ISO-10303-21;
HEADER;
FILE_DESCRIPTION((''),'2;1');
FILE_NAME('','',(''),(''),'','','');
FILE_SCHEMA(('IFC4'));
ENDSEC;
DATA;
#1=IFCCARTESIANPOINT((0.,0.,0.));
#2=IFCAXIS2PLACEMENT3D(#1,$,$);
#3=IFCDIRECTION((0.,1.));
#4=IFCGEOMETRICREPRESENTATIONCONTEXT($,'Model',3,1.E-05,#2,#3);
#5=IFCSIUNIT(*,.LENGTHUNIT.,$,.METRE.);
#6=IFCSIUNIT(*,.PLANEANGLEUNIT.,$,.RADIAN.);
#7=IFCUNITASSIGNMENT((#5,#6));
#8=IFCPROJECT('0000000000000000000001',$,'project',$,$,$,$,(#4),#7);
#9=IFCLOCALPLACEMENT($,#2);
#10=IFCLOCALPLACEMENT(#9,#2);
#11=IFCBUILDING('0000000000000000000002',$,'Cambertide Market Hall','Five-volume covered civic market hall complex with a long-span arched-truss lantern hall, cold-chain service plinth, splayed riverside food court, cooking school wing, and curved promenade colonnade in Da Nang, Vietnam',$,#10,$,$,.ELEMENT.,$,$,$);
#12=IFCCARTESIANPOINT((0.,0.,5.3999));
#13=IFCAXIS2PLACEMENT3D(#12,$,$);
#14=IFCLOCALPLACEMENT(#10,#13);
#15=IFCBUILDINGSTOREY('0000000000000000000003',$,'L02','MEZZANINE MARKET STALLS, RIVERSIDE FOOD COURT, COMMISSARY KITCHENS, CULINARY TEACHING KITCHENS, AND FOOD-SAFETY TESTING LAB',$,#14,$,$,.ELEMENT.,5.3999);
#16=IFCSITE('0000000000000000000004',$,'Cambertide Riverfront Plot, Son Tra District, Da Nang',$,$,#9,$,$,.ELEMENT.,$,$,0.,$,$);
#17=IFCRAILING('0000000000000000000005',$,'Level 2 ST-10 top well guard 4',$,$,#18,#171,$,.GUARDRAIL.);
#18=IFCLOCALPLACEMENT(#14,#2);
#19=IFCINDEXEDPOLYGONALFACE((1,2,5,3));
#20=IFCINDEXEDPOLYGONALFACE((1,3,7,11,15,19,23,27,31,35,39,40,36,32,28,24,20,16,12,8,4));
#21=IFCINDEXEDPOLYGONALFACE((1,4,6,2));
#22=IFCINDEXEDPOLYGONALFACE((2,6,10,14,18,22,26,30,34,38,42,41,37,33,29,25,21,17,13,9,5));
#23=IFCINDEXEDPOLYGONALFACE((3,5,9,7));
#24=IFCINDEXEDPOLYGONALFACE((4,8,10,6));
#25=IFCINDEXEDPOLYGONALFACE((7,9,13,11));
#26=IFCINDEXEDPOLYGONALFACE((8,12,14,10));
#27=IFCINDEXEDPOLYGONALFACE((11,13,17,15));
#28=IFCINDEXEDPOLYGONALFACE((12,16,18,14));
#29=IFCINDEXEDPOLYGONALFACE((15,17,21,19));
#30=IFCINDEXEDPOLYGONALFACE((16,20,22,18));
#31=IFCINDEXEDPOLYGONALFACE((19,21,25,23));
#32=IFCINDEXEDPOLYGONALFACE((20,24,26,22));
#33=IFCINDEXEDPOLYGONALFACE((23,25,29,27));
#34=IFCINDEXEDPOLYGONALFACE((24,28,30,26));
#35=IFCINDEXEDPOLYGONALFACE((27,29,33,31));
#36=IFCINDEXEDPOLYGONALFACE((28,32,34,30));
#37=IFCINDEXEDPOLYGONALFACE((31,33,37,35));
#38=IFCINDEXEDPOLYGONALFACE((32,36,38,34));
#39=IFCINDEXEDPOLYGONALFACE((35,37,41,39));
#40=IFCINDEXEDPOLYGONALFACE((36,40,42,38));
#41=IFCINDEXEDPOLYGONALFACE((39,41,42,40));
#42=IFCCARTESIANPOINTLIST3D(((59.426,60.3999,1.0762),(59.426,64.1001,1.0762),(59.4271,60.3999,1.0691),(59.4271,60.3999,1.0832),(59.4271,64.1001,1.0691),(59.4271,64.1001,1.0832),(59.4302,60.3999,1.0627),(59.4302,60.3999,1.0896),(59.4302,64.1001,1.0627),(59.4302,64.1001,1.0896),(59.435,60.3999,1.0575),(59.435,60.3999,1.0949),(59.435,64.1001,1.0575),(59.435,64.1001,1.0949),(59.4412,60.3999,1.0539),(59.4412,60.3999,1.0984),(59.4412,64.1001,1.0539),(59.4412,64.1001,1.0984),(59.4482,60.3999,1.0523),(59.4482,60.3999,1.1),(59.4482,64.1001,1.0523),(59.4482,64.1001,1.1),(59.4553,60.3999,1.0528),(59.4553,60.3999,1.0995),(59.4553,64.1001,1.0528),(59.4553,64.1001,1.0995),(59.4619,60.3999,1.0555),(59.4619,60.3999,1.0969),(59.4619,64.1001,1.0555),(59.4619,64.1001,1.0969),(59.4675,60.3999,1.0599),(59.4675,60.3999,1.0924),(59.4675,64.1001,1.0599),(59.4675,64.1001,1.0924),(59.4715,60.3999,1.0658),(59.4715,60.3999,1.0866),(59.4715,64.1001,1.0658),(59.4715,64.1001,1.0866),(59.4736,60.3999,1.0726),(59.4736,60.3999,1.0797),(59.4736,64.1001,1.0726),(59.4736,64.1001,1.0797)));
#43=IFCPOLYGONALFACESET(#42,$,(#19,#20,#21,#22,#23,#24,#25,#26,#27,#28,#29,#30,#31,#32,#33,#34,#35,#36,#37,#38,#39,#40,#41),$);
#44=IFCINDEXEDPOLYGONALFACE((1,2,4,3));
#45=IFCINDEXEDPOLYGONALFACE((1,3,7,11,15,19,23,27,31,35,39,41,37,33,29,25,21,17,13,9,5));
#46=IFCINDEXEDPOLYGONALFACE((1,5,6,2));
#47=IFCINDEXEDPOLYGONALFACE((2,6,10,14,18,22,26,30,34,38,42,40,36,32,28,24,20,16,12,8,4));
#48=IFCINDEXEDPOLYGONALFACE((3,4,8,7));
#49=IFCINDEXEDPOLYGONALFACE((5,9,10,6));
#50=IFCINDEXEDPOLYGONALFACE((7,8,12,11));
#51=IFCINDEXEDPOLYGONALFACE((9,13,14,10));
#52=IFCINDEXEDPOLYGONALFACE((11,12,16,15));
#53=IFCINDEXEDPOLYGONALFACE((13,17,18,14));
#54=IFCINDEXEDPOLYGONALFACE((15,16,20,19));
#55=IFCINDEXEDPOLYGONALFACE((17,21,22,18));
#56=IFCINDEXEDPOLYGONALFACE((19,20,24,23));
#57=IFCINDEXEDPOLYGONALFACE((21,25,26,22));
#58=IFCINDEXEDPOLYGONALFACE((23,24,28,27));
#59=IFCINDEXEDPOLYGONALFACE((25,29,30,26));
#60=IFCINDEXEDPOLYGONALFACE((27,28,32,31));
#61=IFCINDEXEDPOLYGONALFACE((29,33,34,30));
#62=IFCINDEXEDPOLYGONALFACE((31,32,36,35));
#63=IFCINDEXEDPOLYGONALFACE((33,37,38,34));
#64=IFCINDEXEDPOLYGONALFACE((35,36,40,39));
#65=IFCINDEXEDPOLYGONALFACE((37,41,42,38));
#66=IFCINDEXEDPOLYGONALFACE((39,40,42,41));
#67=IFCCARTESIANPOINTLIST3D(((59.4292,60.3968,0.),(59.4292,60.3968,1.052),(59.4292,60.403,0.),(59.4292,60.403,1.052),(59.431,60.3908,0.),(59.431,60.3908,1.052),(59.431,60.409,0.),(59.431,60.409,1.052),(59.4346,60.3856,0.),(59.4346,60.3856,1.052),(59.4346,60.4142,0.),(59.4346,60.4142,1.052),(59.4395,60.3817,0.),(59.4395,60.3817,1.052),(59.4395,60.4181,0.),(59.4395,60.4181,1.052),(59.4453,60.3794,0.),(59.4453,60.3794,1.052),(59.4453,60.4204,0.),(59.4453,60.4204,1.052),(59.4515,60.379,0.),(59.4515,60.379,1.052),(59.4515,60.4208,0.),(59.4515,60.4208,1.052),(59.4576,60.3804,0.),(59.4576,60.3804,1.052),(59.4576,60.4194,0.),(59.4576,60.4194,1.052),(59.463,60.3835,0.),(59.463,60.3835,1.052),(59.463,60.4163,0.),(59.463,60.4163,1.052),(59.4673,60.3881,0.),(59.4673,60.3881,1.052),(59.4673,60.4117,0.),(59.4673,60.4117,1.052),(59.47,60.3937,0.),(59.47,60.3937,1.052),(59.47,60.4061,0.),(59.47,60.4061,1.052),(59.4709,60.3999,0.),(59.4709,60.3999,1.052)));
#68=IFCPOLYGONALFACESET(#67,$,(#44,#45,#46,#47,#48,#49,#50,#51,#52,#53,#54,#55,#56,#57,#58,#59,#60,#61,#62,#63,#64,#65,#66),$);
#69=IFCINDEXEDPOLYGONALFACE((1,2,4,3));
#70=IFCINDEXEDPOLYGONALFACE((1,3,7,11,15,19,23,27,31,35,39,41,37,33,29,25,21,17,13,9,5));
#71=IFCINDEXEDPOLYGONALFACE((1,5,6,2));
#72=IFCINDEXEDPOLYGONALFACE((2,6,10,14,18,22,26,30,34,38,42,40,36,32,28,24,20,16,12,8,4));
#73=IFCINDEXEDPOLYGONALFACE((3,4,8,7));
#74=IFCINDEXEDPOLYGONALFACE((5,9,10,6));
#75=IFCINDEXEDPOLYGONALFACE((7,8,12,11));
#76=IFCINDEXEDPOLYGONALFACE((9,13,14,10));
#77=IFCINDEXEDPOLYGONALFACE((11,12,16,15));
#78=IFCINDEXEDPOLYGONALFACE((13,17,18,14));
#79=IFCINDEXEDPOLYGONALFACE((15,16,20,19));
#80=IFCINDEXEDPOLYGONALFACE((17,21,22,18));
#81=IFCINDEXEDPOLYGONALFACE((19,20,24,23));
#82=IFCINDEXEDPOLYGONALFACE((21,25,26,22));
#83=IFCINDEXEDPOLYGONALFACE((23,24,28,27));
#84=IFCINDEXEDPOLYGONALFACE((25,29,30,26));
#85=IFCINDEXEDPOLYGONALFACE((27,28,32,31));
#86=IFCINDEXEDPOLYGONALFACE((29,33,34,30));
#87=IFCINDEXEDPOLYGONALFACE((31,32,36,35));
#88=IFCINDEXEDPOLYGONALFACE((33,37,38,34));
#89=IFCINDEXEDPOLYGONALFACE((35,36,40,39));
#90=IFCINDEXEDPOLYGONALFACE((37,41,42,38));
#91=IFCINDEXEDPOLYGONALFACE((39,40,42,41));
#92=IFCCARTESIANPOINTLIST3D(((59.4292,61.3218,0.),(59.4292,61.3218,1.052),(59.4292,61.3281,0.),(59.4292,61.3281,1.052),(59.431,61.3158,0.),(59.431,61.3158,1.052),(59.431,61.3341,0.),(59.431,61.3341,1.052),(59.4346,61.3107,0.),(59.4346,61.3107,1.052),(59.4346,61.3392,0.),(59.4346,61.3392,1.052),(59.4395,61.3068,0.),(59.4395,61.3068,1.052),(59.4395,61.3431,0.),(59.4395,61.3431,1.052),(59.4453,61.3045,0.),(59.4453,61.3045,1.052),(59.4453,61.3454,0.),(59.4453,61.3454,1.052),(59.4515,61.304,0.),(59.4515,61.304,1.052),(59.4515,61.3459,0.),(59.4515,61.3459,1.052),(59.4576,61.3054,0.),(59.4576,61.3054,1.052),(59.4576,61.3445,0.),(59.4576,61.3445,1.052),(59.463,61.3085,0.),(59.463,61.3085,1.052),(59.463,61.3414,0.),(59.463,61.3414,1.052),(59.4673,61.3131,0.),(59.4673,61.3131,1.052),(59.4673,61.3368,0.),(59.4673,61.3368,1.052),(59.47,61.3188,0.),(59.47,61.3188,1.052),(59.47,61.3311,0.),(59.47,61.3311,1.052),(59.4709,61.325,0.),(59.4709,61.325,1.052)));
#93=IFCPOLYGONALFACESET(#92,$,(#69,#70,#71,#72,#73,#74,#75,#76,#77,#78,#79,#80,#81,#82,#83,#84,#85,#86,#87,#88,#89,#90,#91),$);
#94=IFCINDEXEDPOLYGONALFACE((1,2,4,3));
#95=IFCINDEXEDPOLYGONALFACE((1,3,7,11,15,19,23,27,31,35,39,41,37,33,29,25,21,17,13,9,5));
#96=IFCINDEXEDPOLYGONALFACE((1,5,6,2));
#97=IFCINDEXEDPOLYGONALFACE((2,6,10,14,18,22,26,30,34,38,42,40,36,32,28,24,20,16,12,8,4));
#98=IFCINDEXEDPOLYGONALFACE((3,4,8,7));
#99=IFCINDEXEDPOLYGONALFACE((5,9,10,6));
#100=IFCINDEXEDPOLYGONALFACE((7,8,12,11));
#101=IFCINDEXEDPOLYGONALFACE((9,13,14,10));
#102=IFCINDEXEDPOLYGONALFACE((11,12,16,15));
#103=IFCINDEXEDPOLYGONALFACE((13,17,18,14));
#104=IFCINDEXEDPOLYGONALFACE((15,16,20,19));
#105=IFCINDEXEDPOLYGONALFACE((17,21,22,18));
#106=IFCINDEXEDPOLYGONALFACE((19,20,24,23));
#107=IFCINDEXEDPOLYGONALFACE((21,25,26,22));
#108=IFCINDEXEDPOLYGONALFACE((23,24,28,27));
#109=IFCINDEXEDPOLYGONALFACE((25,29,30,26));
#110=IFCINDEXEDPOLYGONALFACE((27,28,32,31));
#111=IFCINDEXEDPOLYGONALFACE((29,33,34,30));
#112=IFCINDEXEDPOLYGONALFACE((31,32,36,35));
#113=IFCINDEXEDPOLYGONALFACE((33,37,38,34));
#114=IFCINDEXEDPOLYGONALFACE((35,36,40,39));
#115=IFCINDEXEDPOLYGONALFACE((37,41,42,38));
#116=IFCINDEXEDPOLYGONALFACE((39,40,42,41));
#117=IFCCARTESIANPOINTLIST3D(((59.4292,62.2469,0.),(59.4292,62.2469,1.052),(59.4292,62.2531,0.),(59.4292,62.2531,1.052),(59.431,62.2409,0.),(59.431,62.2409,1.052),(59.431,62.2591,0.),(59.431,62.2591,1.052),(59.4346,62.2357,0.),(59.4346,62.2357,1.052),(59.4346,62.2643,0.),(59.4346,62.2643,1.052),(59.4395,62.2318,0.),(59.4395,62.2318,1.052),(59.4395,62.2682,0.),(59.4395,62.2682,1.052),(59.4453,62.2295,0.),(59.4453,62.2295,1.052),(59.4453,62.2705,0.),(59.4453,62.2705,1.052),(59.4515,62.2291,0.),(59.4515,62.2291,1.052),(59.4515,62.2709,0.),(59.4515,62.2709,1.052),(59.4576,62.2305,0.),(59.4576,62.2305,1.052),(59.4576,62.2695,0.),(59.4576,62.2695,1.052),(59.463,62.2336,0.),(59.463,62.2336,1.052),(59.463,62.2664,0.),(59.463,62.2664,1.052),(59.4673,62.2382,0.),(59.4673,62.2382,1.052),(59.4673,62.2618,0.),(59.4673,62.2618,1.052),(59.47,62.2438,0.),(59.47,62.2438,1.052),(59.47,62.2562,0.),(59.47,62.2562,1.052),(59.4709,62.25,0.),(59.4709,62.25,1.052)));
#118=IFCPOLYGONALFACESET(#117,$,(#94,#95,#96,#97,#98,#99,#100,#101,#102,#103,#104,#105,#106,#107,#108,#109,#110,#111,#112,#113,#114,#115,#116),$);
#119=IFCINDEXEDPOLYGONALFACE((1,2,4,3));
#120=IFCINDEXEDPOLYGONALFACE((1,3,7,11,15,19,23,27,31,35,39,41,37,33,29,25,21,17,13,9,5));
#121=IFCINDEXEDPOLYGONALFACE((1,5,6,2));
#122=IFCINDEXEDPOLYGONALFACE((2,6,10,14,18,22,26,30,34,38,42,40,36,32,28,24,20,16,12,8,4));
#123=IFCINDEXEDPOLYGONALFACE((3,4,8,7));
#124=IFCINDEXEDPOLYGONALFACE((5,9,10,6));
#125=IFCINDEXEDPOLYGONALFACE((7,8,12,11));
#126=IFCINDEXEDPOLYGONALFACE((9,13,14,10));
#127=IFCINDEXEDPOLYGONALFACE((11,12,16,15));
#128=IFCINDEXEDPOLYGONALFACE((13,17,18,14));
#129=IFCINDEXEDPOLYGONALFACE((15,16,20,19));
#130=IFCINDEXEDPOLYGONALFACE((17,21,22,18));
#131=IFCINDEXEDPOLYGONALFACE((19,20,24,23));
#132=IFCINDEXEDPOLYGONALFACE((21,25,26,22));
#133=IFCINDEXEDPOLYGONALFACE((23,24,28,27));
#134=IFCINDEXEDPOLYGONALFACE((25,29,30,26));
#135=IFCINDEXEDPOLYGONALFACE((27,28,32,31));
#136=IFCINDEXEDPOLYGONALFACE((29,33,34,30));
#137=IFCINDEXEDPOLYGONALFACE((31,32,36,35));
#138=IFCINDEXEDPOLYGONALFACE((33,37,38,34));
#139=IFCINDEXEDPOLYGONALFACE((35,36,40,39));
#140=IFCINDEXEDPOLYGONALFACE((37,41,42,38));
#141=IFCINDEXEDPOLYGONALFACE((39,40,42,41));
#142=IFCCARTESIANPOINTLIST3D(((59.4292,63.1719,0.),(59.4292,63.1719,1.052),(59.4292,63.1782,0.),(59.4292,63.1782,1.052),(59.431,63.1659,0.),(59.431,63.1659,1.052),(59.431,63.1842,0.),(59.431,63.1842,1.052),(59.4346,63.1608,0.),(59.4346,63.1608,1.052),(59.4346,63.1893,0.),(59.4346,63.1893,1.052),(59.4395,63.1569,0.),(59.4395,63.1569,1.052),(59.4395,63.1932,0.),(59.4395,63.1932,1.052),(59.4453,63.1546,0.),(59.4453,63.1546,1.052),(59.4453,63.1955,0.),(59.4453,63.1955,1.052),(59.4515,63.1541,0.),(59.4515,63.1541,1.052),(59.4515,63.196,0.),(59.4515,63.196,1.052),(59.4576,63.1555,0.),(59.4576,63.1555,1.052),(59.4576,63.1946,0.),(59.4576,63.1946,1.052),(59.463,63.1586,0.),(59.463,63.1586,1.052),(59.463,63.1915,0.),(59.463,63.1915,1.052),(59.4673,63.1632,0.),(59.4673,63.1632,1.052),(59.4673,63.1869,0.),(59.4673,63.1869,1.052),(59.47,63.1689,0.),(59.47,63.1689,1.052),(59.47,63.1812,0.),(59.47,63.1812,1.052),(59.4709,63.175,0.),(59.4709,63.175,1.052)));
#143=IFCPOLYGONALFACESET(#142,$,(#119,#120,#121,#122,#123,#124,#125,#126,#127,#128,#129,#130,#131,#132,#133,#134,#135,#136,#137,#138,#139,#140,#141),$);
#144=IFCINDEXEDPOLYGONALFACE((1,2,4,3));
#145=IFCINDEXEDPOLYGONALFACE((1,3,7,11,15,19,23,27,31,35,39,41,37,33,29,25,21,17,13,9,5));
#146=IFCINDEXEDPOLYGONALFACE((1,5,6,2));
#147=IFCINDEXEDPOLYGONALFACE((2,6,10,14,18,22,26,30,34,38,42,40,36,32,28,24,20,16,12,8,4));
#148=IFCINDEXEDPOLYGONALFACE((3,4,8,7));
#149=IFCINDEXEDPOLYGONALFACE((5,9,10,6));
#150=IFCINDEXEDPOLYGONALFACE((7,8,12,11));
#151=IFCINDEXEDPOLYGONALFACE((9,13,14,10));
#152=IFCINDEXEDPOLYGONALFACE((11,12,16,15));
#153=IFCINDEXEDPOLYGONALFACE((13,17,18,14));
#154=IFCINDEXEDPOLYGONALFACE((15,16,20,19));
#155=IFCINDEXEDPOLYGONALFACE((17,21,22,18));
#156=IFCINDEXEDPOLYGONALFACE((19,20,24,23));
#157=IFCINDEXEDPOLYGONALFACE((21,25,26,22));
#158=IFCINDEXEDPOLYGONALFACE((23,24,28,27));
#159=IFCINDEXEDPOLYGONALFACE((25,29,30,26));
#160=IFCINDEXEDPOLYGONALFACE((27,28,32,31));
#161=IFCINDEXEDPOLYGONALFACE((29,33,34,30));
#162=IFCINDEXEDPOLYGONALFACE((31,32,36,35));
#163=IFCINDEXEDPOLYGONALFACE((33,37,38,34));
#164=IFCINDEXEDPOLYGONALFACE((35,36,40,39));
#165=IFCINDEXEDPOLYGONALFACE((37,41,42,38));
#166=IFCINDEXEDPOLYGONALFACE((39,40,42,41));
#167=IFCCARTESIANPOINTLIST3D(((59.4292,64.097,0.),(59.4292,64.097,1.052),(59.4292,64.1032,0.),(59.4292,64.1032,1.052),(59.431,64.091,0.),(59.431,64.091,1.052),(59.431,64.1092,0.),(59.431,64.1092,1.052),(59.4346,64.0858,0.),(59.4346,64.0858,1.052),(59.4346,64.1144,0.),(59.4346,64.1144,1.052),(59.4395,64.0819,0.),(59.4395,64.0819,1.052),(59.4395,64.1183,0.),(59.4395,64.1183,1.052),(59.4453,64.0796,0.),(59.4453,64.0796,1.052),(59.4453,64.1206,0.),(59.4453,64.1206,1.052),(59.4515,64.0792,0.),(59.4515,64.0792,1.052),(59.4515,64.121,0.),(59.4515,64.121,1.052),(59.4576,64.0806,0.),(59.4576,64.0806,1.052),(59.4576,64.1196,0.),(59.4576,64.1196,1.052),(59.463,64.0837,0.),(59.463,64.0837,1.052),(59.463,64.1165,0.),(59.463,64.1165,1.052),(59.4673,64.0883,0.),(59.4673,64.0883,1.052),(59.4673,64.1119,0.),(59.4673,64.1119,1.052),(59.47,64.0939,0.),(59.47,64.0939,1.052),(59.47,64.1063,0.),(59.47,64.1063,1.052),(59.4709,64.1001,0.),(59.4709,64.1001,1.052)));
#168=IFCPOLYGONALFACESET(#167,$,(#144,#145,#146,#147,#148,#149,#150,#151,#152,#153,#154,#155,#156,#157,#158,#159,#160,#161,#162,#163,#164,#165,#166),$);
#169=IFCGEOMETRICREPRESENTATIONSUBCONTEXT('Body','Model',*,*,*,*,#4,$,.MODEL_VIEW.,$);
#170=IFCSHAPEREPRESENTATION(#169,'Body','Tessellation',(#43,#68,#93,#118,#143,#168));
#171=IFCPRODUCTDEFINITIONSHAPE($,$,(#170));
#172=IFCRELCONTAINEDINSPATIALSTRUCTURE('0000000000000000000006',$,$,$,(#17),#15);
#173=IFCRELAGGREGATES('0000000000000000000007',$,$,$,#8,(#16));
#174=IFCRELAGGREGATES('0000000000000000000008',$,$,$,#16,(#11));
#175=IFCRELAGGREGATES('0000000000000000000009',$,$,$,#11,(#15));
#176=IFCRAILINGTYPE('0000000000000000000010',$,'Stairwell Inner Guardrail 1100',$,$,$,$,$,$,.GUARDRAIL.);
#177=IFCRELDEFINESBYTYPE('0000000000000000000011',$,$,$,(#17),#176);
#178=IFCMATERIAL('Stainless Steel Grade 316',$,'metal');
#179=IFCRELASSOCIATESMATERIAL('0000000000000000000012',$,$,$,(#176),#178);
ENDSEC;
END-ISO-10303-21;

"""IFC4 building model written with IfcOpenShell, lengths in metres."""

from ifc_helpers import new_model, si_unit, direction, frame, origin, origin_2d, place, context, subcontext, project, spatial, circle, extrude, material, type_object, element, save


model = new_model("IFC4")

# Units and contexts
model_context = context("Model", 3, precision=1e-05, world=origin(), true_north=direction((0.0, 1.0)))
body_context = subcontext(model_context, "Body", "Model", "MODEL_VIEW")
ifc_project = project(units=[si_unit("LENGTHUNIT", "METRE"), si_unit("PLANEANGLEUNIT", "RADIAN")], contexts=[model_context])

# Site, building, storey
site_placement = place(None, origin())
site = spatial("IfcSite", under=ifc_project, at=site_placement, Name="Cambertide Riverfront Plot, Son Tra District, Da Nang", CompositionType="ELEMENT", RefElevation=0.0)
building_placement = place(site_placement, origin())
building = spatial("IfcBuilding", under=site, at=building_placement, Name="Cambertide Market Hall", Description="Five-volume covered civic market hall complex with a long-span arched-truss lantern hall, cold-chain service plinth, splayed riverside food court, cooking school wing, and curved promenade colonnade in Da Nang, Vietnam", CompositionType="ELEMENT")
storey_placement = place(building_placement, frame((0.0, 0.0, 5.3999)))
storey = spatial("IfcBuildingStorey", under=building, at=storey_placement, Name="L02", Description="MEZZANINE MARKET STALLS, RIVERSIDE FOOD COURT, COMMISSARY KITCHENS, CULINARY TEACHING KITCHENS, AND FOOD-SAFETY TESTING LAB", CompositionType="ELEMENT", Elevation=5.3999)

# Railing
ifc_material_1 = material(Name="Stainless Steel Grade 316", Category="metal")
railing_type = type_object("IfcRailingType", Name="Stairwell Inner Guardrail 1100", PredefinedType="GUARDRAIL", material=ifc_material_1)
railing_placement = place(storey_placement, frame((59.45, 60.3999, 0.0)))
element("IfcRailing", 1, at=railing_placement, inside=storey, type_object=railing_type, Name="Level 2 ST-10 top well guard 4", PredefinedType="GUARDRAIL", context=body_context, shape_type="SweptSolid", body=[
    extrude(circle(Radius=0.0239, at=origin_2d()), frame((0.0, 0.0, 1.0762), z_axis=(0.0, 1.0, 0.0), x_axis=(-1.0, 0.0, 0.0)), (0.0, 0.0, 1.0), 3.7002),
    extrude(circle(Radius=0.021, at=origin_2d()), origin(), (0.0, 0.0, 1.0), 1.052),
    extrude(circle(Radius=0.021, at=origin_2d()), frame((0.0, 0.925, 0.0)), (0.0, 0.0, 1.0), 1.052),
    extrude(circle(Radius=0.021, at=origin_2d()), frame((0.0, 1.8501, 0.0)), (0.0, 0.0, 1.0), 1.052),
    extrude(circle(Radius=0.021, at=origin_2d()), frame((0.0, 2.7751, 0.0)), (0.0, 0.0, 1.0), 1.052),
    extrude(circle(Radius=0.021, at=origin_2d()), frame((0.0, 3.7002, 0.0)), (0.0, 0.0, 1.0), 1.052),
])

save(model, "model.ifc")
